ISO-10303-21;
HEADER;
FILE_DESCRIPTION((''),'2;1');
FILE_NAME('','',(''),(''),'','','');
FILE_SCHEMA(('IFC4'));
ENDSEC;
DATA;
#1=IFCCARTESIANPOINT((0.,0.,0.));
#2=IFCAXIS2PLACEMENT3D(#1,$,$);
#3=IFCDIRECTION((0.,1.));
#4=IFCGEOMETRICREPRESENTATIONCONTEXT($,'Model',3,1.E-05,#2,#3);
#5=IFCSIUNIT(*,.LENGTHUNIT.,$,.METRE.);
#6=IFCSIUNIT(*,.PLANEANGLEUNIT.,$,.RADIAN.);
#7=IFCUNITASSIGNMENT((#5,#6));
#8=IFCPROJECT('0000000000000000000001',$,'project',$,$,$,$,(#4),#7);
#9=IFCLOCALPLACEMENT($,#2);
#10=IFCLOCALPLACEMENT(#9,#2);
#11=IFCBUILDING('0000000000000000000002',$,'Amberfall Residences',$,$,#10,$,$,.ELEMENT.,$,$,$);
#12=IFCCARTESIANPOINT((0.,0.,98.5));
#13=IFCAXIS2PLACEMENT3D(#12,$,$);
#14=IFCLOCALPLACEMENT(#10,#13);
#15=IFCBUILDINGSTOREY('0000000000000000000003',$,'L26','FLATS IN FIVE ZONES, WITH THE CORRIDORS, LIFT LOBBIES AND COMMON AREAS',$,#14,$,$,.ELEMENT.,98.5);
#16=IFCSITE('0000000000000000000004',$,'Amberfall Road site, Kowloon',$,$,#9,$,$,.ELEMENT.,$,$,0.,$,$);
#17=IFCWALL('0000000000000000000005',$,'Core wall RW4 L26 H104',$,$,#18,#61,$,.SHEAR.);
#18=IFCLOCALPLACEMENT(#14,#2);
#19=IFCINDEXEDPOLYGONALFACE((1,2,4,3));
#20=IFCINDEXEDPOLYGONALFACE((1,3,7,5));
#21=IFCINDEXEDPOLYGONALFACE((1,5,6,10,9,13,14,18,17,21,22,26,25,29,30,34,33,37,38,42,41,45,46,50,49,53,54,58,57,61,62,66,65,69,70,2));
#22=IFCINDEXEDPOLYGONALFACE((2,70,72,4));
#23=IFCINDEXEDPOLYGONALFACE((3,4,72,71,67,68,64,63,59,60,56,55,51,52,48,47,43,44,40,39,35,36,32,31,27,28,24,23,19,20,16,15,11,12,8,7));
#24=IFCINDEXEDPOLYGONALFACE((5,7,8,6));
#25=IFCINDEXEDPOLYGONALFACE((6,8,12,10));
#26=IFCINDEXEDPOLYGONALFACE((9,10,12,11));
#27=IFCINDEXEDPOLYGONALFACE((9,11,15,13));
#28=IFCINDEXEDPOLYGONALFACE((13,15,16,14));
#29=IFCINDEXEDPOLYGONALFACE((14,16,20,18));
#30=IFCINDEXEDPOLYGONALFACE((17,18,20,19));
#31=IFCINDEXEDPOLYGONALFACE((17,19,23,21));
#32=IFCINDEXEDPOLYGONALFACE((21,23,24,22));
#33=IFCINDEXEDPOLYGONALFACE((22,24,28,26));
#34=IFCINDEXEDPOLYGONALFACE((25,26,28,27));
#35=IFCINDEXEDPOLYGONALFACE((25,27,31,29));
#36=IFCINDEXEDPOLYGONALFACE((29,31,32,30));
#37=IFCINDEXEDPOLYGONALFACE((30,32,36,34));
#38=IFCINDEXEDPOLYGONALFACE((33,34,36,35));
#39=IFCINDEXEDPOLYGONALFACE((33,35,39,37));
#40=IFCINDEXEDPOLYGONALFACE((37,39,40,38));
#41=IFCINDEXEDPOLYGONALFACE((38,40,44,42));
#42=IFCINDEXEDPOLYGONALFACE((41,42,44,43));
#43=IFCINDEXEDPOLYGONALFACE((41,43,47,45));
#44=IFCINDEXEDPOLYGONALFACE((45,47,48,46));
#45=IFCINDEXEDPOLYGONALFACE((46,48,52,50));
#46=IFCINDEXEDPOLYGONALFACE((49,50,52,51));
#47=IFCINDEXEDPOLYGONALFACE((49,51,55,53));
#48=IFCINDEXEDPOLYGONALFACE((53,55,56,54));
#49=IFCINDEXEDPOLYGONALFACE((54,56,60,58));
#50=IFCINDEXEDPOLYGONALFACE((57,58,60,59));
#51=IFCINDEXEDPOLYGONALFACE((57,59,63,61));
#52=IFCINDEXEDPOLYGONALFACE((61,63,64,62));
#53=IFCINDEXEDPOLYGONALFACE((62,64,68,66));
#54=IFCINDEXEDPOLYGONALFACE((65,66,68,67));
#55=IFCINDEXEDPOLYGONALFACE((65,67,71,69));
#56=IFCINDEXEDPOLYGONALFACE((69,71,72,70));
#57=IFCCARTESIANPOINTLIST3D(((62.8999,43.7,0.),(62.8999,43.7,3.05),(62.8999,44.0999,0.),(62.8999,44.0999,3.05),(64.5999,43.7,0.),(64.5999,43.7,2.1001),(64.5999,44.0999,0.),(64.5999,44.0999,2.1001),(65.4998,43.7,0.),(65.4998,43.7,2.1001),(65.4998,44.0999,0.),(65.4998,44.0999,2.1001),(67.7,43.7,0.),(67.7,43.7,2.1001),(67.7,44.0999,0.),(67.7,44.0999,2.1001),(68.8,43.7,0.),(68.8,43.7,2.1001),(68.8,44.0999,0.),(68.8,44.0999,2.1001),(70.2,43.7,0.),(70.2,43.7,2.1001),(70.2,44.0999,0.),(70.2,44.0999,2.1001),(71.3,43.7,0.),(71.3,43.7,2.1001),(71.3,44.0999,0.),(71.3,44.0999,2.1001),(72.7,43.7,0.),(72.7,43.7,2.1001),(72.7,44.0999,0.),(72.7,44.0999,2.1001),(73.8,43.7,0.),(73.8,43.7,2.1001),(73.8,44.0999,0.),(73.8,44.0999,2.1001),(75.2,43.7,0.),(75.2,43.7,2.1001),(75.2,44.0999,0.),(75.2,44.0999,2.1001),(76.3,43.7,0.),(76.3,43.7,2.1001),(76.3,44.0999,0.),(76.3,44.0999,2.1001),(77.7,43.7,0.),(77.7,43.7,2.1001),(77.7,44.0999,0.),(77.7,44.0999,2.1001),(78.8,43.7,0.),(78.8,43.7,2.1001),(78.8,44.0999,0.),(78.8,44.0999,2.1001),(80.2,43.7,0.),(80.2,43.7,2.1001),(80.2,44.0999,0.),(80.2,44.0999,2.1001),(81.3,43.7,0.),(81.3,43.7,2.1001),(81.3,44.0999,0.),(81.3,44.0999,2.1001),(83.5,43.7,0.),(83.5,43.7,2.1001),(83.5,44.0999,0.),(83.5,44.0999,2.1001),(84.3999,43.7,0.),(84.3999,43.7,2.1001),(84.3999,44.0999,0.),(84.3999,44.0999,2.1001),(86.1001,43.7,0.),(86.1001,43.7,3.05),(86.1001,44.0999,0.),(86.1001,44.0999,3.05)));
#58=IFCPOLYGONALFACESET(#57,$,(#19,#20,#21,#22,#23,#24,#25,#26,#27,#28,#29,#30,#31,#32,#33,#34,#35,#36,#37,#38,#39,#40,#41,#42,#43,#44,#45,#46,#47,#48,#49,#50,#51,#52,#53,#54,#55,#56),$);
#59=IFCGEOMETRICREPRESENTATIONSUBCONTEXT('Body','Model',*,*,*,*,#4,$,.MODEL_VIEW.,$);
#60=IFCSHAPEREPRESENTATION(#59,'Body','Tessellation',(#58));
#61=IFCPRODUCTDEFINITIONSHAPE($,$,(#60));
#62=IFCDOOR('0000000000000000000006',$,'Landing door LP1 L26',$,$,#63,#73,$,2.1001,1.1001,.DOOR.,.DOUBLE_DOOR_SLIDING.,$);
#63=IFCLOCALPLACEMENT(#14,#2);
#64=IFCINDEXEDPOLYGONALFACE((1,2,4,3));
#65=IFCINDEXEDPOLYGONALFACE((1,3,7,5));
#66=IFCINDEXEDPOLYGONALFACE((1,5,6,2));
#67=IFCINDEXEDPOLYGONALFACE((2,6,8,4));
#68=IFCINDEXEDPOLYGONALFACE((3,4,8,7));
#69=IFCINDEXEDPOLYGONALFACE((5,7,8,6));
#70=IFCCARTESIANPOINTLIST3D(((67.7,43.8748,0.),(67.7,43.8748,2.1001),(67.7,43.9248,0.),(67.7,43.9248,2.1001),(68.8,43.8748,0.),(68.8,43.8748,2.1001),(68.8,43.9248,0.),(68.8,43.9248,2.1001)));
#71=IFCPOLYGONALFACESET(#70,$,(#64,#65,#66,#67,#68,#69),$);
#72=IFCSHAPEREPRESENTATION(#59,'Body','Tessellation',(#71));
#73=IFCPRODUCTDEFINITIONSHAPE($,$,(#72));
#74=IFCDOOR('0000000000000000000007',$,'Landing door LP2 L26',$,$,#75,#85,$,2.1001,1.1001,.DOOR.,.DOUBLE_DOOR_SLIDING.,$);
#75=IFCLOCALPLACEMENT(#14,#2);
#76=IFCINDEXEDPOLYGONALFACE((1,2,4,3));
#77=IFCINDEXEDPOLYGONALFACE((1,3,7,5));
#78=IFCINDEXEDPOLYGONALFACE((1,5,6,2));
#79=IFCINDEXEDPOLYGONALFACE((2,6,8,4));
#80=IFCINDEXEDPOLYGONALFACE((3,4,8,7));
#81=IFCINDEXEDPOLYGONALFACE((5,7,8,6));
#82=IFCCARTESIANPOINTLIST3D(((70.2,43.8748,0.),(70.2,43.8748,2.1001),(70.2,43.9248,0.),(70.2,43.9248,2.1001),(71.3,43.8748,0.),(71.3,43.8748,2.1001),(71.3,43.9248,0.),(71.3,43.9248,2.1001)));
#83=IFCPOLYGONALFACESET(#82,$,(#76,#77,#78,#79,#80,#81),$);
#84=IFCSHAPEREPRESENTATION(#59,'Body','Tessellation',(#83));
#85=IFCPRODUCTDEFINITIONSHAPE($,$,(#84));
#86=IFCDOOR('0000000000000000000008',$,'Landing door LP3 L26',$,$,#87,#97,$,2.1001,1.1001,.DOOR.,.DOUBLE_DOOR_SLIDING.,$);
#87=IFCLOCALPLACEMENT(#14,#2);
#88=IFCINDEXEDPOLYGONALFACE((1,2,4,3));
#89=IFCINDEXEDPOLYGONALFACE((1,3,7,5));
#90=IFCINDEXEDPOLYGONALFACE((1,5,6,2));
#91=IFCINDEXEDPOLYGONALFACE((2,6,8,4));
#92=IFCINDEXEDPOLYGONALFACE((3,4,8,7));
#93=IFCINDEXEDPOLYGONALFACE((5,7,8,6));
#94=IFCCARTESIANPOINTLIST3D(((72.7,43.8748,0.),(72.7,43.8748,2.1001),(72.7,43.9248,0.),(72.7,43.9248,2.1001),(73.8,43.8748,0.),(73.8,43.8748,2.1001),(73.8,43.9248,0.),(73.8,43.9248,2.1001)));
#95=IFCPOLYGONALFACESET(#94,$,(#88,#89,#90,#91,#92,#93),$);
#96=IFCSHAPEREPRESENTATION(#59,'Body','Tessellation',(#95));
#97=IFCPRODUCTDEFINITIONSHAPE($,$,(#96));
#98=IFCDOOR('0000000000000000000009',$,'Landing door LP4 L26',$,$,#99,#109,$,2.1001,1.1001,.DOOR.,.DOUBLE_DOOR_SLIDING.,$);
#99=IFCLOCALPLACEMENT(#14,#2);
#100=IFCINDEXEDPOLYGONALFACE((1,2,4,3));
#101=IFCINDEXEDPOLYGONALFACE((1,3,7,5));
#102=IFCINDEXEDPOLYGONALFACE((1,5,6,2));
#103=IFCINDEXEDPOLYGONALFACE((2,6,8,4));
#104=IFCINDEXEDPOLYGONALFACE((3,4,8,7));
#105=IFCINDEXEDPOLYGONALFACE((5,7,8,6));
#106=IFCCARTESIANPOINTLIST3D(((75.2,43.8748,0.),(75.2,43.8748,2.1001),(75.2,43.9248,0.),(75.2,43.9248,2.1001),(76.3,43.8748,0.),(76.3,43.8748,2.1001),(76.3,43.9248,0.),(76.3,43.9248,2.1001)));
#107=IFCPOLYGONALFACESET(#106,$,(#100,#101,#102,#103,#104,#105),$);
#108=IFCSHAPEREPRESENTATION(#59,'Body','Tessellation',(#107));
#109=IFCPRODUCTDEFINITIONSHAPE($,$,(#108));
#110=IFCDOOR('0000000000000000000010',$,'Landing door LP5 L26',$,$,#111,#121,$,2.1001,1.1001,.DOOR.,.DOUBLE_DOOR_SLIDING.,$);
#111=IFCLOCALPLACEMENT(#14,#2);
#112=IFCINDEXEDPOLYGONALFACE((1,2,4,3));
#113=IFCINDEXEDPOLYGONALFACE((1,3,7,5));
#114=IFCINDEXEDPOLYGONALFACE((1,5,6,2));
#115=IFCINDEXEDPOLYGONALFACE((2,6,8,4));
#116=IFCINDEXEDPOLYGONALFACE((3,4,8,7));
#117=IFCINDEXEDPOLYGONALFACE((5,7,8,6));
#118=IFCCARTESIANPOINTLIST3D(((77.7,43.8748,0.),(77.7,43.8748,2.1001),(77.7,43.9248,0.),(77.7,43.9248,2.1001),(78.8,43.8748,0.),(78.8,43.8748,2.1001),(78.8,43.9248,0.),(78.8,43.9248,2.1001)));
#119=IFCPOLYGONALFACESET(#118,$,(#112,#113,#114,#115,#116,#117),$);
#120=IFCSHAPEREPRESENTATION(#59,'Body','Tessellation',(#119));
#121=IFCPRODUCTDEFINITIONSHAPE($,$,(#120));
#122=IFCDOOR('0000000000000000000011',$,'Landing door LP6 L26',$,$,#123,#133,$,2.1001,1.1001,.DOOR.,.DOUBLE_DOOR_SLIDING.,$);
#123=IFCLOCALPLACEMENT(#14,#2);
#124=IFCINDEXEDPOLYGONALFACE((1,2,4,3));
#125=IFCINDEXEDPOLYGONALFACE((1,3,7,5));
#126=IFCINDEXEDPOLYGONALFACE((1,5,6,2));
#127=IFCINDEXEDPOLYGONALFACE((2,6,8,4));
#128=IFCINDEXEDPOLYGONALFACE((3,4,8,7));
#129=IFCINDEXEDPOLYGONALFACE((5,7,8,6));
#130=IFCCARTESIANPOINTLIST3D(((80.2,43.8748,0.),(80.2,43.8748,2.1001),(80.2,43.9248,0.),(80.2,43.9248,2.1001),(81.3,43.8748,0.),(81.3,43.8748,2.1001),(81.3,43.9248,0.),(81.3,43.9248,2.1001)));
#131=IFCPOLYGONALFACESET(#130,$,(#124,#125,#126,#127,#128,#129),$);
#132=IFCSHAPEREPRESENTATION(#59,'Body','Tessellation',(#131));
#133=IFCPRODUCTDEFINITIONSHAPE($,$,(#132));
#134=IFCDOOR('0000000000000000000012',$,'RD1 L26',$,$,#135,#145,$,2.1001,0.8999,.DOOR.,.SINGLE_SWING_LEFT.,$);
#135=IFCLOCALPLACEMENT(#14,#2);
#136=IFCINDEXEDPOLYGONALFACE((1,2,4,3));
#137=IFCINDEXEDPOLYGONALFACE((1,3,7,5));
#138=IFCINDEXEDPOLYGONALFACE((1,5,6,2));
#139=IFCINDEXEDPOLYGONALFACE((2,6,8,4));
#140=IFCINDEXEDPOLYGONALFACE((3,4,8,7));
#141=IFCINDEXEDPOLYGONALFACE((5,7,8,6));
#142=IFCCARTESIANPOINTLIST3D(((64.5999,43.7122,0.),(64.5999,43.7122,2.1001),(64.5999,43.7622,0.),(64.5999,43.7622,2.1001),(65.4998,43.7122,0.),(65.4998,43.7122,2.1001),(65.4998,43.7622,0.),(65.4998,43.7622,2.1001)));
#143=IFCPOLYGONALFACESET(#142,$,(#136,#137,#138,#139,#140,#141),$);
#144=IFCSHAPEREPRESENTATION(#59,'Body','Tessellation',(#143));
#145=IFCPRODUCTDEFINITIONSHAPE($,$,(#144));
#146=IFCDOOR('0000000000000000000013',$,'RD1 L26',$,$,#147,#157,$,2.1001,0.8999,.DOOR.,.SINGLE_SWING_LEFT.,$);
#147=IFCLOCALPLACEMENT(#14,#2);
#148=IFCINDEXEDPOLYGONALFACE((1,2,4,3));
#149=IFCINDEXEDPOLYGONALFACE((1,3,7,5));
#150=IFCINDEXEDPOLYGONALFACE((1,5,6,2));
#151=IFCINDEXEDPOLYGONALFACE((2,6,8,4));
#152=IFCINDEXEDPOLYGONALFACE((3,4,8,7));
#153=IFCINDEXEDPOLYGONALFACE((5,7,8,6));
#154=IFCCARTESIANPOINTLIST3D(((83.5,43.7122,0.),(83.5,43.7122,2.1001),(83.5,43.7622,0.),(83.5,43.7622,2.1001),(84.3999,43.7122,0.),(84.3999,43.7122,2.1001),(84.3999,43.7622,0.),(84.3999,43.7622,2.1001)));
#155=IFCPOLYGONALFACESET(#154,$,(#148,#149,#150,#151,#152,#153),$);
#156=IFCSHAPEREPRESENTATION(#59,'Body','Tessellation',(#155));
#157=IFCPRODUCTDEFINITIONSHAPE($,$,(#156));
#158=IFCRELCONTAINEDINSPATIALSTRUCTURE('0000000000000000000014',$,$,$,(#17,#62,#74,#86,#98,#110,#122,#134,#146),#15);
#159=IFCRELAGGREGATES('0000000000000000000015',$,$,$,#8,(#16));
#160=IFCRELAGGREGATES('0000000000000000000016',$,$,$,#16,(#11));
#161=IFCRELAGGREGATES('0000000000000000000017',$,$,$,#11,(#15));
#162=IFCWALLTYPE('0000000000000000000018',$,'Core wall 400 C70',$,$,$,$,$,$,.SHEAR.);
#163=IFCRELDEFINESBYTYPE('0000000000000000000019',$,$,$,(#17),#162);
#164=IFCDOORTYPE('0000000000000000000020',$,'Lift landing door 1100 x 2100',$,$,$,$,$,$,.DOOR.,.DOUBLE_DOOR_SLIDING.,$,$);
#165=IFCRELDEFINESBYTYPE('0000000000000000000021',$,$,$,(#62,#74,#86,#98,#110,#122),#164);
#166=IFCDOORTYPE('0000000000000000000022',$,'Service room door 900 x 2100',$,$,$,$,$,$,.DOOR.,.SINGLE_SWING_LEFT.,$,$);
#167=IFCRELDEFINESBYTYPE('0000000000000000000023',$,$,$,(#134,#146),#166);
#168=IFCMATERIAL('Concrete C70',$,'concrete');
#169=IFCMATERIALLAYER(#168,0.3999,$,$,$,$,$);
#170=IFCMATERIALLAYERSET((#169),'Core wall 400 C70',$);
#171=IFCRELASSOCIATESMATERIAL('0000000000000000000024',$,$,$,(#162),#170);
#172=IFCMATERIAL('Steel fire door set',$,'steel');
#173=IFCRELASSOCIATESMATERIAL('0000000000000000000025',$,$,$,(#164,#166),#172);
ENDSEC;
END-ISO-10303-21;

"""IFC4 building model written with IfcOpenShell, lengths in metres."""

from ifc_helpers import new_model, si_unit, direction, frame, frame_2d, origin, place, context, subcontext, project, spatial, rectangle, extrude, material, layer, layer_set, type_object, element, fill, save


model = new_model("IFC4")

# Units and contexts
model_context = context("Model", 3, precision=1e-05, world=origin(), true_north=direction((0.0, 1.0)))
body_context = subcontext(model_context, "Body", "Model", "MODEL_VIEW")
ifc_project = project(units=[si_unit("LENGTHUNIT", "METRE"), si_unit("PLANEANGLEUNIT", "RADIAN")], contexts=[model_context])

# Site, building, storey
site_placement = place(None, origin())
site = spatial("IfcSite", under=ifc_project, at=site_placement, Name="Amberfall Road site, Kowloon", CompositionType="ELEMENT", RefElevation=0.0)
building_placement = place(site_placement, origin())
building = spatial("IfcBuilding", under=site, at=building_placement, Name="Amberfall Residences", CompositionType="ELEMENT")
storey_placement = place(building_placement, frame((0.0, 0.0, 98.5)))
storey = spatial("IfcBuildingStorey", under=building, at=storey_placement, Name="L26", Description="FLATS IN FIVE ZONES, WITH THE CORRIDORS, LIFT LOBBIES AND COMMON AREAS", CompositionType="ELEMENT", Elevation=98.5)

# Shared definitions
ifc_material_1 = material(Name="Concrete C70", Category="concrete")
ifc_layer_1 = layer(ifc_material_1, 0.3999)
ifc_layer_set_1 = layer_set([ifc_layer_1], Name="Core wall 400 C70")
wall_type_1 = type_object("IfcWallType", Name="Core wall 400 C70", PredefinedType="SHEAR", material=ifc_layer_set_1)

# Wall, openings, doors
wall_1_placement = place(storey_placement, frame((62.8999, 43.8999, 0.0), z_axis=(0.0, 0.0, 1.0), x_axis=(1.0, 0.0, 0.0)))
wall_1 = element("IfcWall", 1, at=wall_1_placement, inside=storey, type_object=wall_type_1, Name="Core wall RW4 L26 H104", PredefinedType="SHEAR", context=body_context, shape_type="SweptSolid", body=[
    extrude(rectangle(XDim=23.2002, YDim=0.3999, at=frame_2d((11.6001, 0.0))), origin(), (0.0, 0.0, 1.0), 3.05),
])
opening_1_placement = place(wall_1_placement, frame((1.7, 0.0, 0.0)))
opening_1 = element("IfcOpeningElement", 2, at=opening_1_placement, cuts=wall_1, PredefinedType="OPENING", context=body_context, shape_type="SweptSolid", body=[
    extrude(rectangle(XDim=0.8999, YDim=2.1001, at=frame_2d((0.45, 1.05))), frame((0.0, 0.21, 0.0), z_axis=(0.0, -1.0, 0.0), x_axis=(1.0, 0.0, 0.0)), (0.0, 0.0, 1.0), 0.4199),
])
opening_2_placement = place(wall_1_placement, frame((20.6001, 0.0, 0.0)))
opening_2 = element("IfcOpeningElement", 3, at=opening_2_placement, cuts=wall_1, PredefinedType="OPENING", context=body_context, shape_type="SweptSolid", body=[
    extrude(rectangle(XDim=0.8999, YDim=2.1001, at=frame_2d((0.45, 1.05))), frame((0.0, 0.21, 0.0), z_axis=(0.0, -1.0, 0.0), x_axis=(1.0, 0.0, 0.0)), (0.0, 0.0, 1.0), 0.4199),
])
opening_3_placement = place(wall_1_placement, frame((4.8, 0.0, 0.0)))
opening_3 = element("IfcOpeningElement", 4, at=opening_3_placement, cuts=wall_1, PredefinedType="OPENING", context=body_context, shape_type="SweptSolid", body=[
    extrude(rectangle(XDim=1.1001, YDim=2.1001, at=frame_2d((0.55, 1.05))), frame((0.0, 0.21, 0.0), z_axis=(0.0, -1.0, 0.0), x_axis=(1.0, 0.0, 0.0)), (0.0, 0.0, 1.0), 0.4199),
])
opening_4_placement = place(wall_1_placement, frame((7.3, 0.0, 0.0)))
opening_4 = element("IfcOpeningElement", 5, at=opening_4_placement, cuts=wall_1, PredefinedType="OPENING", context=body_context, shape_type="SweptSolid", body=[
    extrude(rectangle(XDim=1.1001, YDim=2.1001, at=frame_2d((0.55, 1.05))), frame((0.0, 0.21, 0.0), z_axis=(0.0, -1.0, 0.0), x_axis=(1.0, 0.0, 0.0)), (0.0, 0.0, 1.0), 0.4199),
])
opening_5_placement = place(wall_1_placement, frame((9.8, 0.0, 0.0)))
opening_5 = element("IfcOpeningElement", 6, at=opening_5_placement, cuts=wall_1, PredefinedType="OPENING", context=body_context, shape_type="SweptSolid", body=[
    extrude(rectangle(XDim=1.1001, YDim=2.1001, at=frame_2d((0.55, 1.05))), frame((0.0, 0.21, 0.0), z_axis=(0.0, -1.0, 0.0), x_axis=(1.0, 0.0, 0.0)), (0.0, 0.0, 1.0), 0.4199),
])
opening_6_placement = place(wall_1_placement, frame((12.3, 0.0, 0.0)))
opening_6 = element("IfcOpeningElement", 7, at=opening_6_placement, cuts=wall_1, PredefinedType="OPENING", context=body_context, shape_type="SweptSolid", body=[
    extrude(rectangle(XDim=1.1001, YDim=2.1001, at=frame_2d((0.55, 1.05))), frame((0.0, 0.21, 0.0), z_axis=(0.0, -1.0, 0.0), x_axis=(1.0, 0.0, 0.0)), (0.0, 0.0, 1.0), 0.4199),
])
opening_7_placement = place(wall_1_placement, frame((14.8, 0.0, 0.0)))
opening_7 = element("IfcOpeningElement", 8, at=opening_7_placement, cuts=wall_1, PredefinedType="OPENING", context=body_context, shape_type="SweptSolid", body=[
    extrude(rectangle(XDim=1.1001, YDim=2.1001, at=frame_2d((0.55, 1.05))), frame((0.0, 0.21, 0.0), z_axis=(0.0, -1.0, 0.0), x_axis=(1.0, 0.0, 0.0)), (0.0, 0.0, 1.0), 0.4199),
])
opening_8_placement = place(wall_1_placement, frame((17.3, 0.0, 0.0)))
opening_8 = element("IfcOpeningElement", 9, at=opening_8_placement, cuts=wall_1, PredefinedType="OPENING", context=body_context, shape_type="SweptSolid", body=[
    extrude(rectangle(XDim=1.1001, YDim=2.1001, at=frame_2d((0.55, 1.05))), frame((0.0, 0.21, 0.0), z_axis=(0.0, -1.0, 0.0), x_axis=(1.0, 0.0, 0.0)), (0.0, 0.0, 1.0), 0.4199),
])
ifc_material_2 = material(Name="Steel fire door set", Category="steel")
door_type_1 = type_object("IfcDoorType", Name="Lift landing door 1100 x 2100", OperationType="DOUBLE_DOOR_SLIDING", PredefinedType="DOOR", material=ifc_material_2)
door_1_placement = place(opening_3_placement, origin())
door_1 = element("IfcDoor", 10, at=door_1_placement, inside=storey, type_object=door_type_1, Name="Landing door LP1 L26", OperationType="DOUBLE_DOOR_SLIDING", OverallHeight=2.1001, OverallWidth=1.1001, PredefinedType="DOOR", context=body_context, shape_type="SweptSolid", body=[
    extrude(rectangle(XDim=1.1001, YDim=2.1001, at=frame_2d((0.55, 1.05))), frame((0.0, 0.0249, 0.0), z_axis=(0.0, -1.0, 0.0), x_axis=(1.0, 0.0, 0.0)), (0.0, 0.0, 1.0), 0.05),
])
fill(opening_3, door_1)
door_2_placement = place(opening_4_placement, origin())
door_2 = element("IfcDoor", 11, at=door_2_placement, inside=storey, type_object=door_type_1, Name="Landing door LP2 L26", OperationType="DOUBLE_DOOR_SLIDING", OverallHeight=2.1001, OverallWidth=1.1001, PredefinedType="DOOR", context=body_context, shape_type="SweptSolid", body=[
    extrude(rectangle(XDim=1.1001, YDim=2.1001, at=frame_2d((0.55, 1.05))), frame((0.0, 0.0249, 0.0), z_axis=(0.0, -1.0, 0.0), x_axis=(1.0, 0.0, 0.0)), (0.0, 0.0, 1.0), 0.05),
])
fill(opening_4, door_2)
door_3_placement = place(opening_5_placement, origin())
door_3 = element("IfcDoor", 12, at=door_3_placement, inside=storey, type_object=door_type_1, Name="Landing door LP3 L26", OperationType="DOUBLE_DOOR_SLIDING", OverallHeight=2.1001, OverallWidth=1.1001, PredefinedType="DOOR", context=body_context, shape_type="SweptSolid", body=[
    extrude(rectangle(XDim=1.1001, YDim=2.1001, at=frame_2d((0.55, 1.05))), frame((0.0, 0.0249, 0.0), z_axis=(0.0, -1.0, 0.0), x_axis=(1.0, 0.0, 0.0)), (0.0, 0.0, 1.0), 0.05),
])
fill(opening_5, door_3)
door_4_placement = place(opening_6_placement, origin())
door_4 = element("IfcDoor", 13, at=door_4_placement, inside=storey, type_object=door_type_1, Name="Landing door LP4 L26", OperationType="DOUBLE_DOOR_SLIDING", OverallHeight=2.1001, OverallWidth=1.1001, PredefinedType="DOOR", context=body_context, shape_type="SweptSolid", body=[
    extrude(rectangle(XDim=1.1001, YDim=2.1001, at=frame_2d((0.55, 1.05))), frame((0.0, 0.0249, 0.0), z_axis=(0.0, -1.0, 0.0), x_axis=(1.0, 0.0, 0.0)), (0.0, 0.0, 1.0), 0.05),
])
fill(opening_6, door_4)
door_5_placement = place(opening_7_placement, origin())
door_5 = element("IfcDoor", 14, at=door_5_placement, inside=storey, type_object=door_type_1, Name="Landing door LP5 L26", OperationType="DOUBLE_DOOR_SLIDING", OverallHeight=2.1001, OverallWidth=1.1001, PredefinedType="DOOR", context=body_context, shape_type="SweptSolid", body=[
    extrude(rectangle(XDim=1.1001, YDim=2.1001, at=frame_2d((0.55, 1.05))), frame((0.0, 0.0249, 0.0), z_axis=(0.0, -1.0, 0.0), x_axis=(1.0, 0.0, 0.0)), (0.0, 0.0, 1.0), 0.05),
])
fill(opening_7, door_5)
door_6_placement = place(opening_8_placement, origin())
door_6 = element("IfcDoor", 15, at=door_6_placement, inside=storey, type_object=door_type_1, Name="Landing door LP6 L26", OperationType="DOUBLE_DOOR_SLIDING", OverallHeight=2.1001, OverallWidth=1.1001, PredefinedType="DOOR", context=body_context, shape_type="SweptSolid", body=[
    extrude(rectangle(XDim=1.1001, YDim=2.1001, at=frame_2d((0.55, 1.05))), frame((0.0, 0.0249, 0.0), z_axis=(0.0, -1.0, 0.0), x_axis=(1.0, 0.0, 0.0)), (0.0, 0.0, 1.0), 0.05),
])
fill(opening_8, door_6)
door_type_2 = type_object("IfcDoorType", Name="Service room door 900 x 2100", OperationType="SINGLE_SWING_LEFT", PredefinedType="DOOR", material=ifc_material_2)
door_7_placement = place(opening_1_placement, origin())
door_7 = element("IfcDoor", 16, at=door_7_placement, inside=storey, type_object=door_type_2, Name="RD1 L26", OperationType="SINGLE_SWING_LEFT", OverallHeight=2.1001, OverallWidth=0.8999, PredefinedType="DOOR", context=body_context, shape_type="SweptSolid", body=[
    extrude(rectangle(XDim=0.8999, YDim=2.1001, at=frame_2d((0.45, 1.05))), frame((0.0, -0.1377, 0.0), z_axis=(0.0, -1.0, 0.0), x_axis=(1.0, 0.0, 0.0)), (0.0, 0.0, 1.0), 0.05),
])
fill(opening_1, door_7)
door_8_placement = place(opening_2_placement, origin())
door_8 = element("IfcDoor", 17, at=door_8_placement, inside=storey, type_object=door_type_2, Name="RD1 L26", OperationType="SINGLE_SWING_LEFT", OverallHeight=2.1001, OverallWidth=0.8999, PredefinedType="DOOR", context=body_context, shape_type="SweptSolid", body=[
    extrude(rectangle(XDim=0.8999, YDim=2.1001, at=frame_2d((0.45, 1.05))), frame((0.0, -0.1377, 0.0), z_axis=(0.0, -1.0, 0.0), x_axis=(1.0, 0.0, 0.0)), (0.0, 0.0, 1.0), 0.05),
])
fill(opening_2, door_8)

save(model, "model.ifc")
